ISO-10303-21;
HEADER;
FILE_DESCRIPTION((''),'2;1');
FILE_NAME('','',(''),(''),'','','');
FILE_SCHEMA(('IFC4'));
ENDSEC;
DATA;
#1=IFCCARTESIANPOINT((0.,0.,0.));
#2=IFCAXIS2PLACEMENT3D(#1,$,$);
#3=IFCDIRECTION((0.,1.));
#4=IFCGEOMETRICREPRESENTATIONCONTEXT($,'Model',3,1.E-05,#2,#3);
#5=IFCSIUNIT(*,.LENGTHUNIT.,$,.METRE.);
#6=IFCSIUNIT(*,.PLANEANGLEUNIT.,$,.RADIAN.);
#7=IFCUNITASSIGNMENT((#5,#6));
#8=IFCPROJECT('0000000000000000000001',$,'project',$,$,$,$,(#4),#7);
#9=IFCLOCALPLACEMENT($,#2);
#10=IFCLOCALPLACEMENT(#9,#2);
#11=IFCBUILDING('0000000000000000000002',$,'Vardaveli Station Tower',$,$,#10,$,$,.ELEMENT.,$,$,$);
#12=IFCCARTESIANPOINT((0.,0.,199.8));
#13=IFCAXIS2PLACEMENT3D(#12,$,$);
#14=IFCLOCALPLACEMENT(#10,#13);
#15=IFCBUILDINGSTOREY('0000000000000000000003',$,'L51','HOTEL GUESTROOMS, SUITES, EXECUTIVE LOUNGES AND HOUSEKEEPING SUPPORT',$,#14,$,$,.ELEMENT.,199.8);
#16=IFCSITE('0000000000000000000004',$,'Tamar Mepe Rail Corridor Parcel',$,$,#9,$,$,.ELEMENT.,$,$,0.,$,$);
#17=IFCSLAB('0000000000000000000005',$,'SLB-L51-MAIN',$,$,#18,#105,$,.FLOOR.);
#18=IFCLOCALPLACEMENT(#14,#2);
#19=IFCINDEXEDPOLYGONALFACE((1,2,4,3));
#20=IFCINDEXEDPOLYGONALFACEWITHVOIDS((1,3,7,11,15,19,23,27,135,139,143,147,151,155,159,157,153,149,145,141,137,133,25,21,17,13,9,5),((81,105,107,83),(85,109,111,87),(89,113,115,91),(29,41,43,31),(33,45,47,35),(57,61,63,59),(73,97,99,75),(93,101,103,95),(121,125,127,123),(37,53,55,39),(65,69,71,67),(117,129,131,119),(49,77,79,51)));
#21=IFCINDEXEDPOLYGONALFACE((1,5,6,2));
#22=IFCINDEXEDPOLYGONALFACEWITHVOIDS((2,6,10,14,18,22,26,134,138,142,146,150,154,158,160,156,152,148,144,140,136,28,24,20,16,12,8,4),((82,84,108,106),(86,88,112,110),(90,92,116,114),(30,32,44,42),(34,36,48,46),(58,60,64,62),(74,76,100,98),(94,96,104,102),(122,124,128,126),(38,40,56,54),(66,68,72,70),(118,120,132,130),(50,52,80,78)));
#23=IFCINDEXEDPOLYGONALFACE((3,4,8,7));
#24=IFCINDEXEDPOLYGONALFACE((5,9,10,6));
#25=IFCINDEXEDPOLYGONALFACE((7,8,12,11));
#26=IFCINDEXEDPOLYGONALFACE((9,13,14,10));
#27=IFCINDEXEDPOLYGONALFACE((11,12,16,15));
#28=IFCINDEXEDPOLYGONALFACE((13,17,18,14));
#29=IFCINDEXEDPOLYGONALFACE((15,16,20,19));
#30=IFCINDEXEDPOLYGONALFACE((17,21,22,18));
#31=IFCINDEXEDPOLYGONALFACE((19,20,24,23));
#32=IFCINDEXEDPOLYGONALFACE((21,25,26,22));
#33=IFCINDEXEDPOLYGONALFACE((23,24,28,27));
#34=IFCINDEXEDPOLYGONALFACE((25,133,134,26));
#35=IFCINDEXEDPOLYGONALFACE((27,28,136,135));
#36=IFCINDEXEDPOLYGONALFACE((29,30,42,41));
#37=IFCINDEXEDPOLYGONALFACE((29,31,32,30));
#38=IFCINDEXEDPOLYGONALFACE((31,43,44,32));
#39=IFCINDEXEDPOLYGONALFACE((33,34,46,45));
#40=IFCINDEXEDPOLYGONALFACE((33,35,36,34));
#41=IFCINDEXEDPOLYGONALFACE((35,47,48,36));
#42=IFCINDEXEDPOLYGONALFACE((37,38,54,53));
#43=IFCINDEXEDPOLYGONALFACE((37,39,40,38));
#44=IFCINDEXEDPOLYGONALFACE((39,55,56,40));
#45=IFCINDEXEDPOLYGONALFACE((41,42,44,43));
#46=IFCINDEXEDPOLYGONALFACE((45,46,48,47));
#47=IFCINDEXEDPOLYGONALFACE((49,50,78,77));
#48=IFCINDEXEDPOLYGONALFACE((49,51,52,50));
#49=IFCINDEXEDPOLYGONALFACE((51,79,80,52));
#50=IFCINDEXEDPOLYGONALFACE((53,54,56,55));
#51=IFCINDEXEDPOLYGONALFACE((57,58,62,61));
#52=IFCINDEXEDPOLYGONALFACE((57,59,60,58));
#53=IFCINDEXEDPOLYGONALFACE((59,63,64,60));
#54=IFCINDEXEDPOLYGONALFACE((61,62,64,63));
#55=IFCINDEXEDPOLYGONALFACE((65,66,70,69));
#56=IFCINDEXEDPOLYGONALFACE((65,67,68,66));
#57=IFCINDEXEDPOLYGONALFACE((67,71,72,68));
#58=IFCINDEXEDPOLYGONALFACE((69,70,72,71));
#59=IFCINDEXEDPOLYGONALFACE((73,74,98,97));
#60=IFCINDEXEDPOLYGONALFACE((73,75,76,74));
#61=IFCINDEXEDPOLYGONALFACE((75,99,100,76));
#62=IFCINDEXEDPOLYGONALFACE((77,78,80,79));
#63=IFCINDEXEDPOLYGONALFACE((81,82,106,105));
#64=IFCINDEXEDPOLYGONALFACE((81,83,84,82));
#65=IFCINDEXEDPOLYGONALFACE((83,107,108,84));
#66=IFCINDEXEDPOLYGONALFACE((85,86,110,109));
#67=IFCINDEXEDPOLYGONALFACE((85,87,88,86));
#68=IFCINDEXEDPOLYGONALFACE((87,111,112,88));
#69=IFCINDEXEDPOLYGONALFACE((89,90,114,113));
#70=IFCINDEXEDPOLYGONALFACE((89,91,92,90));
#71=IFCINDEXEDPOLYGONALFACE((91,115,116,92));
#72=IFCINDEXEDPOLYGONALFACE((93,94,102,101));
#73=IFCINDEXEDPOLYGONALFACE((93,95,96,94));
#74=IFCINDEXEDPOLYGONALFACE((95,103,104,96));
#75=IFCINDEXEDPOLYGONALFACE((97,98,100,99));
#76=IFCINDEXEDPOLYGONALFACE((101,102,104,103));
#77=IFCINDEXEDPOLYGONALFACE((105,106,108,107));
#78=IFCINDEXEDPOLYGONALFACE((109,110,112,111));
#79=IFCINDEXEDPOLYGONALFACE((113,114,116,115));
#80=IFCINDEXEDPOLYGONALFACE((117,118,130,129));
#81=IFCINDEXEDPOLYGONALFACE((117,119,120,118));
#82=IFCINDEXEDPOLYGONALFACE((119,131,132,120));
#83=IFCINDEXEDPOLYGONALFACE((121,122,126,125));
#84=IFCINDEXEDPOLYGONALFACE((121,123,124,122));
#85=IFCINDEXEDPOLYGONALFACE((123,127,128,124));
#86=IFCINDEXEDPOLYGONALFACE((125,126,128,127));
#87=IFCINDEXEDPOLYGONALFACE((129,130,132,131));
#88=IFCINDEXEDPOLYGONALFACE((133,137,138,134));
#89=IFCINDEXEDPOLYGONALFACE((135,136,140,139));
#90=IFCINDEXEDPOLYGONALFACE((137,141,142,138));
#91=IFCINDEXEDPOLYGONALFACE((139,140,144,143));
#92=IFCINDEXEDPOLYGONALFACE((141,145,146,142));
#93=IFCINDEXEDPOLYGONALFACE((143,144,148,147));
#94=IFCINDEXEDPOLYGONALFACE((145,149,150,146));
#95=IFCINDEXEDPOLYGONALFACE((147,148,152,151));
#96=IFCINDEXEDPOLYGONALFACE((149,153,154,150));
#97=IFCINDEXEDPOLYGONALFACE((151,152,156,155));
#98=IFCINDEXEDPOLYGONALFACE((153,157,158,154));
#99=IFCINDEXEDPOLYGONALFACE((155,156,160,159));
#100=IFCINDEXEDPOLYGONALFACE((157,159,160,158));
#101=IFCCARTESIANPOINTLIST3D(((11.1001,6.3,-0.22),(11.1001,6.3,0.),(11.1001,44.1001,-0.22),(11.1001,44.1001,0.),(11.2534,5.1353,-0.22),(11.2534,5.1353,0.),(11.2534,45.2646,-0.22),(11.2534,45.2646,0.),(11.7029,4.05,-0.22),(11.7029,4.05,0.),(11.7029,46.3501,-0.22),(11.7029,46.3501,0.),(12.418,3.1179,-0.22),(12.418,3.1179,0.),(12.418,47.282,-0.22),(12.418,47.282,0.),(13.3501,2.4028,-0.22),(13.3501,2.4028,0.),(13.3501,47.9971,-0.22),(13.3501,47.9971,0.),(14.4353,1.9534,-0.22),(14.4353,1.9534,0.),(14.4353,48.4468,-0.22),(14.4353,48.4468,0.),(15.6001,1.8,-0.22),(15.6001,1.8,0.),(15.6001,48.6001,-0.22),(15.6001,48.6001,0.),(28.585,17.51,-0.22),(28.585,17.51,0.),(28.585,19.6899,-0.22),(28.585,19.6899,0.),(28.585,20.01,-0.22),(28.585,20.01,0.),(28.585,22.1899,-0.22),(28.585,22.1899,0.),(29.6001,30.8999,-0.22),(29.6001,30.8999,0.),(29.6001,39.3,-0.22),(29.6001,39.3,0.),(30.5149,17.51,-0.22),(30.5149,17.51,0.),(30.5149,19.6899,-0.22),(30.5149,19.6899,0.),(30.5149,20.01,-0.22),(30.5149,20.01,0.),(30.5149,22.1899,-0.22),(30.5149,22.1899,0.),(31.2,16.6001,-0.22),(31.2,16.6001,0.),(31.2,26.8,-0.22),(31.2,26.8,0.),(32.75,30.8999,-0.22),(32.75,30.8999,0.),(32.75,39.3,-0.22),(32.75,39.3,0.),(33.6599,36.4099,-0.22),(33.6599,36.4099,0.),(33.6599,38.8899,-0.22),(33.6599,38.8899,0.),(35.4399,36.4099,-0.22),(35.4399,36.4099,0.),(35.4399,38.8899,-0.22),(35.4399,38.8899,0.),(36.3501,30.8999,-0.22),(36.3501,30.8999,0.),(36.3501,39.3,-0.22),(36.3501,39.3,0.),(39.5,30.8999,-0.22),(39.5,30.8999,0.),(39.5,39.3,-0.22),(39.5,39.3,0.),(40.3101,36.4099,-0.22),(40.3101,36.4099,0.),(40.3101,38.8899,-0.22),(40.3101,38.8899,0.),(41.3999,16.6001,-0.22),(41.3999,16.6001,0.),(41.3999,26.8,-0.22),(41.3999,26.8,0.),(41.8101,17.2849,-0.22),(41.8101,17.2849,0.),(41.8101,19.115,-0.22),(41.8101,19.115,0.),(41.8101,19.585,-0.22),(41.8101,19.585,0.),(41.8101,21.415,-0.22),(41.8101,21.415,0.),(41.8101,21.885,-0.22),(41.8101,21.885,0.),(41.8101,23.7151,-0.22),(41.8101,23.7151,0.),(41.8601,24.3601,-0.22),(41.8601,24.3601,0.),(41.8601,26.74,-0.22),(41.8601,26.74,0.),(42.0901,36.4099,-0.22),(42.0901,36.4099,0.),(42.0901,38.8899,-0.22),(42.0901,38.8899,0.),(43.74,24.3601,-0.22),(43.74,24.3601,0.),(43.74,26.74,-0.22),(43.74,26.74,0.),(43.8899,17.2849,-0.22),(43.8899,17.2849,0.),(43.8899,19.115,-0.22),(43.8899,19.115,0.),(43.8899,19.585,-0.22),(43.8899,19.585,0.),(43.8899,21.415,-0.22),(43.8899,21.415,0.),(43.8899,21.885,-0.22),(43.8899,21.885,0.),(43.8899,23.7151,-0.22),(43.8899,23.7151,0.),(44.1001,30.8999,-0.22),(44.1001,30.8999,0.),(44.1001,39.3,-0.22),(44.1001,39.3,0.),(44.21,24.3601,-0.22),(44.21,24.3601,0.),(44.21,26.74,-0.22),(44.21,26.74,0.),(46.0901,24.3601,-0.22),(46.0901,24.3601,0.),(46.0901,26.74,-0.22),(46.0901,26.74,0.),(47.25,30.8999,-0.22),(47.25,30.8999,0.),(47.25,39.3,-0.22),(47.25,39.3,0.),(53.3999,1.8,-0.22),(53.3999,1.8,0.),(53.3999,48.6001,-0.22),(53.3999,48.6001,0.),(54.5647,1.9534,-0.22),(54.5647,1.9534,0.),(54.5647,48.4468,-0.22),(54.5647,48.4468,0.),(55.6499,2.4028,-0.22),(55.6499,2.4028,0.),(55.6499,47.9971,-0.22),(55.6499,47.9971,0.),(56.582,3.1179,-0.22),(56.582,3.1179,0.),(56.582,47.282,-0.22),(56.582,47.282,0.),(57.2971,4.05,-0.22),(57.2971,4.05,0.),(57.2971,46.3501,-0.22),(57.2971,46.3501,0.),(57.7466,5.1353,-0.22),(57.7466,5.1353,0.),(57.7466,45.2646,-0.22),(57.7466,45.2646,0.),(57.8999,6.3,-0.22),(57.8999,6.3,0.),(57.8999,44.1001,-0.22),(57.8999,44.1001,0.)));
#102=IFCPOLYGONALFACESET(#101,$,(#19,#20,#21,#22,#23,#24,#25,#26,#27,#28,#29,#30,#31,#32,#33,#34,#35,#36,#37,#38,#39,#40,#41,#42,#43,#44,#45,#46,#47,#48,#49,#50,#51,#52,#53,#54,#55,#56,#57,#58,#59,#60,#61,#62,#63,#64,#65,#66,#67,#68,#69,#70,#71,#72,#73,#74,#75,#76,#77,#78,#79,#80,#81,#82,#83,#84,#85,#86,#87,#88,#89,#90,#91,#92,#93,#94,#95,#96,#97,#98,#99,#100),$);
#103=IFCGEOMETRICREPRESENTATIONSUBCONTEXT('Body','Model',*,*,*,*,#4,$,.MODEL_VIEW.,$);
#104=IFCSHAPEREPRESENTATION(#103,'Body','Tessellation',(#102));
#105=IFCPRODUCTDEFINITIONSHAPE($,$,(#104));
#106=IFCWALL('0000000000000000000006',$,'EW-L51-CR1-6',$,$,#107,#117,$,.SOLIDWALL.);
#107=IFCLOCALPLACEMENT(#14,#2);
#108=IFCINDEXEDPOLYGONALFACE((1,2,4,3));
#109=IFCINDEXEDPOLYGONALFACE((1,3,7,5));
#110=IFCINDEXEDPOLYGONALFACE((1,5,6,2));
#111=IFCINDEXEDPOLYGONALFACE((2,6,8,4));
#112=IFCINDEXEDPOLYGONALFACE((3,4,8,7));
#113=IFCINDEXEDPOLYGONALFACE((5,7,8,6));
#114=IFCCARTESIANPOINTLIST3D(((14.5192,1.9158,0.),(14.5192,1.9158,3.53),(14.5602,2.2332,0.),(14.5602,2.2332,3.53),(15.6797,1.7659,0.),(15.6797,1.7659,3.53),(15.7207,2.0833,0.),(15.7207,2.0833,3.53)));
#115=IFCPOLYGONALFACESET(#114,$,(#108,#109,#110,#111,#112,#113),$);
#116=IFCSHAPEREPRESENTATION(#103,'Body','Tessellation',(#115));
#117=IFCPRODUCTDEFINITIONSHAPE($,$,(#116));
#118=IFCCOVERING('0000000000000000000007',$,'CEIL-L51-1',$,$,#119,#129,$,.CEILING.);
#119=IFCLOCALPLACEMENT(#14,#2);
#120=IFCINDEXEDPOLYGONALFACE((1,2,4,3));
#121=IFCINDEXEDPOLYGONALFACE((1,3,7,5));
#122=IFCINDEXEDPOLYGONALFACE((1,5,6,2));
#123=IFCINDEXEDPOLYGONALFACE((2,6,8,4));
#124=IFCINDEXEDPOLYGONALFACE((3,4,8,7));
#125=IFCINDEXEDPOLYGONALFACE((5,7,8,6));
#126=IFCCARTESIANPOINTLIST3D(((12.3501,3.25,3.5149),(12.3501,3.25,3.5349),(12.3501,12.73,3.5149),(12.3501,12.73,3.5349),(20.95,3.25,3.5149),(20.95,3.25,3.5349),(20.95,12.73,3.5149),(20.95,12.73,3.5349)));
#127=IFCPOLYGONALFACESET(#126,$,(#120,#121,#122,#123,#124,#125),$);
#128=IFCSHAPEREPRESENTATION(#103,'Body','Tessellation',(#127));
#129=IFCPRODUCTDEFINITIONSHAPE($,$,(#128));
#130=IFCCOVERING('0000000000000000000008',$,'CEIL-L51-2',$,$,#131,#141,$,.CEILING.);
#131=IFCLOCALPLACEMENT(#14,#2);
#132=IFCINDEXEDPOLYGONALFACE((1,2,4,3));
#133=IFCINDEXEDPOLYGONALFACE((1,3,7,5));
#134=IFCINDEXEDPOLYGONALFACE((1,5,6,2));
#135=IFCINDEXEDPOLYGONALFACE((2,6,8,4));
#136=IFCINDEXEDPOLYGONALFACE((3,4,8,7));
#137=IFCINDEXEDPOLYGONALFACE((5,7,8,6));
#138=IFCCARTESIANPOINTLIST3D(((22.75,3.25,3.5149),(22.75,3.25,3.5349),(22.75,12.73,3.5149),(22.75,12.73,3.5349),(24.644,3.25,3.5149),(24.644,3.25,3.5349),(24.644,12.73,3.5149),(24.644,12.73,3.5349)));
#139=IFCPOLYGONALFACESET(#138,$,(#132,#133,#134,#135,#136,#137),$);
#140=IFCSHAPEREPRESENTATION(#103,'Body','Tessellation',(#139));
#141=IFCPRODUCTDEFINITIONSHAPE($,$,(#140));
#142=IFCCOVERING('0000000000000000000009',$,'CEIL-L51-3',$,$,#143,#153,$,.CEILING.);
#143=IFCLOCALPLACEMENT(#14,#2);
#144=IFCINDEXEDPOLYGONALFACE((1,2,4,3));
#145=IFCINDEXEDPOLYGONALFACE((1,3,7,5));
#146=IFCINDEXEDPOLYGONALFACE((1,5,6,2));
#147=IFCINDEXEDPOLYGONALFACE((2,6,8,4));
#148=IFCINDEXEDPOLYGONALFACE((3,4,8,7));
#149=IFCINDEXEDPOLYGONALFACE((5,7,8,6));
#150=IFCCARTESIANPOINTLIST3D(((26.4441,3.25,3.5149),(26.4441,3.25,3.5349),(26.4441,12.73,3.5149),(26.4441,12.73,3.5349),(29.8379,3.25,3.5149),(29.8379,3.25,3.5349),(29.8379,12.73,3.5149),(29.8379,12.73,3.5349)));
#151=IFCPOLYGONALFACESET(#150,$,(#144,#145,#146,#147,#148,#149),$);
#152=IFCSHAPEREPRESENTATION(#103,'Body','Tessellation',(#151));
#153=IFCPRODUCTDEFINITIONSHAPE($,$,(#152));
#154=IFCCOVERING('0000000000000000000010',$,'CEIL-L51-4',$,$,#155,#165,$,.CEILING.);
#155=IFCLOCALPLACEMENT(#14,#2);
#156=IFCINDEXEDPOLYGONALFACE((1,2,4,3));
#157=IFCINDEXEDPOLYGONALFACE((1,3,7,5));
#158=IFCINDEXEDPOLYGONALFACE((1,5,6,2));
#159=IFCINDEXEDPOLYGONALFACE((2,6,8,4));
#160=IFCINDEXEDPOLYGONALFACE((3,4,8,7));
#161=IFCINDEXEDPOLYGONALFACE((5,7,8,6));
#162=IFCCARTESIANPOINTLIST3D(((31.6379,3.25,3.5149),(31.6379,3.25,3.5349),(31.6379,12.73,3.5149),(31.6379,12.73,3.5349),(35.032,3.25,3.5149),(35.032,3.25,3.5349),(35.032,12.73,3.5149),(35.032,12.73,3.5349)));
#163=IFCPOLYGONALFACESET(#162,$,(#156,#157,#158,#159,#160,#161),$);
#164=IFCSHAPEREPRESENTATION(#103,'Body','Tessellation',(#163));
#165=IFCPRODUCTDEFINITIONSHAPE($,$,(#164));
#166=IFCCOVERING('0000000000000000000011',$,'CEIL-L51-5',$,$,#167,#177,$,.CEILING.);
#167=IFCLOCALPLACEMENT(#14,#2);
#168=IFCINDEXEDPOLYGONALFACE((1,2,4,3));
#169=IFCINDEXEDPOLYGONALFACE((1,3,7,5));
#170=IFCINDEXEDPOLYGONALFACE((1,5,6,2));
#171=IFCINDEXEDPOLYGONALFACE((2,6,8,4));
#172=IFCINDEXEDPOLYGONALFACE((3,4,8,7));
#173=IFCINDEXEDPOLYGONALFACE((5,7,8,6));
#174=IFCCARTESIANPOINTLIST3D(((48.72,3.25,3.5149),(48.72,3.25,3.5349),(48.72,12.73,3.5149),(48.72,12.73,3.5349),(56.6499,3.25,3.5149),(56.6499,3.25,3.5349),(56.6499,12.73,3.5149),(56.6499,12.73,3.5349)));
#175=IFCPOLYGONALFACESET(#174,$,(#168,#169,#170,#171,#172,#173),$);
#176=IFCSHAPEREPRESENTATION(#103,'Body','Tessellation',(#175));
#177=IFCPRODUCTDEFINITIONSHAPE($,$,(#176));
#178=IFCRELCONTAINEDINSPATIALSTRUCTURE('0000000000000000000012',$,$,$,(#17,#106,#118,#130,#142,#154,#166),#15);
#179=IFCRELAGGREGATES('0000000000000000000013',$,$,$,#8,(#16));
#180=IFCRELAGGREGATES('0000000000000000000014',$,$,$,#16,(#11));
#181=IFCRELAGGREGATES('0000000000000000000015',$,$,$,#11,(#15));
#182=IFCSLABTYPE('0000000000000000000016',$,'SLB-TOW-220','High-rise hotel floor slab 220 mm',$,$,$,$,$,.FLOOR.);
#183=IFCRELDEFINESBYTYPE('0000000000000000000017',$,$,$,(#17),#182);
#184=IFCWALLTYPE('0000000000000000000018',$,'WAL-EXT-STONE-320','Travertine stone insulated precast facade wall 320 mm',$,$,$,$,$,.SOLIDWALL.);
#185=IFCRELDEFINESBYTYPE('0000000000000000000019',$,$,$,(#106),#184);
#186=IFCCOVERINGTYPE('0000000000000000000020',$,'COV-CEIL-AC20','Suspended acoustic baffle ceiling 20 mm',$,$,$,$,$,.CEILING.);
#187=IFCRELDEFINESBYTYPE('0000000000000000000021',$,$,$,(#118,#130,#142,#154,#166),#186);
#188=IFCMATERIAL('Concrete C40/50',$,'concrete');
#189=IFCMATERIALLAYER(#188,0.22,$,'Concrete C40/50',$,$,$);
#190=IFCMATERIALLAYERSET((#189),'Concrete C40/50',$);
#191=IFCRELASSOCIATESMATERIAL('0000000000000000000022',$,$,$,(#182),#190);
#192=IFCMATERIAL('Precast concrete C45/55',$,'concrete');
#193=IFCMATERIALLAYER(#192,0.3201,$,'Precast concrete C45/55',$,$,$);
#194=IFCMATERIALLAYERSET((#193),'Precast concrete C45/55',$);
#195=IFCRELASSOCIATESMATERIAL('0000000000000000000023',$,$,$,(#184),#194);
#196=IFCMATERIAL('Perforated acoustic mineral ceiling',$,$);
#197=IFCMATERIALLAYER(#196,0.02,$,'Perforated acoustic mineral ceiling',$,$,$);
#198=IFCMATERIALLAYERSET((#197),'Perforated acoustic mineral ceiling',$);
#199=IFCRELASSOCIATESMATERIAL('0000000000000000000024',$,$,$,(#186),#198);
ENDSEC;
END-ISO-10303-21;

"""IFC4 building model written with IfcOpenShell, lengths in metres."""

from ifc_helpers import new_model, si_unit, direction, frame, frame_2d, origin, place, context, subcontext, project, spatial, polyline, rectangle, outline, extrude, source, transform, mapped, material, layer, layer_set, type_object, element, save


model = new_model("IFC4")

# Units and contexts
model_context = context("Model", 3, precision=1e-05, world=origin(), true_north=direction((0.0, 1.0)))
body_context = subcontext(model_context, "Body", "Model", "MODEL_VIEW")
ifc_project = project(units=[si_unit("LENGTHUNIT", "METRE"), si_unit("PLANEANGLEUNIT", "RADIAN")], contexts=[model_context])

# Site, building, storey
site_placement = place(None, origin())
site = spatial("IfcSite", under=ifc_project, at=site_placement, Name="Tamar Mepe Rail Corridor Parcel", CompositionType="ELEMENT", RefElevation=0.0)
building_placement = place(site_placement, origin())
building = spatial("IfcBuilding", under=site, at=building_placement, Name="Vardaveli Station Tower", CompositionType="ELEMENT")
storey_placement = place(building_placement, frame((0.0, 0.0, 199.8)))
storey = spatial("IfcBuildingStorey", under=building, at=storey_placement, Name="L51", Description="HOTEL GUESTROOMS, SUITES, EXECUTIVE LOUNGES AND HOUSEKEEPING SUPPORT", CompositionType="ELEMENT", Elevation=199.8)

# Shared definitions
ifc_material_1 = material(Name="Concrete C40/50", Category="concrete")

# Slab
ifc_material_2 = material(Name="Precast concrete C45/55", Category="concrete")
ifc_layer_1 = layer(ifc_material_1, 0.22, Name="Concrete C40/50")
ifc_layer_set_1 = layer_set([ifc_layer_1], Name="Concrete C40/50")
slab_type_1 = type_object("IfcSlabType", Name="SLB-TOW-220", Description="High-rise hotel floor slab 220 mm", PredefinedType="FLOOR", material=ifc_layer_set_1)
slab_1_placement = place(storey_placement, frame((0.0, 0.0, -0.22)))
element("IfcSlab", 1, at=slab_1_placement, inside=storey, type_object=slab_type_1, Name="SLB-L51-MAIN", PredefinedType="FLOOR", context=body_context, shape_type="SweptSolid", body=[
    extrude(outline(polyline([(11.1001, 6.3), (11.2534, 5.1353), (11.7029, 4.05), (12.418, 3.1179), (13.3501, 2.4028), (14.4353, 1.9534), (15.6001, 1.8), (53.3999, 1.8), (54.5647, 1.9534), (55.6499, 2.4028), (56.582, 3.1179), (57.2971, 4.05), (57.7466, 5.1353), (57.8999, 6.3), (57.8999, 44.1001), (57.7466, 45.2646), (57.2971, 46.3501), (56.582, 47.282), (55.6499, 47.9971), (54.5647, 48.4468), (53.3999, 48.6001), (15.6001, 48.6001), (14.4353, 48.4468), (13.3501, 47.9971), (12.418, 47.282), (11.7029, 46.3501), (11.2534, 45.2646), (11.1001, 44.1001), (11.1001, 6.3)]), holes=[polyline([(31.2, 16.6001), (41.3999, 16.6001), (41.3999, 26.8), (31.2, 26.8), (31.2, 16.6001)]), polyline([(32.75, 30.8999), (32.75, 39.3), (29.6001, 39.3), (29.6001, 30.8999), (32.75, 30.8999)]), polyline([(39.5, 30.8999), (39.5, 39.3), (36.3501, 39.3), (36.3501, 30.8999), (39.5, 30.8999)]), polyline([(47.25, 30.8999), (47.25, 39.3), (44.1001, 39.3), (44.1001, 30.8999), (47.25, 30.8999)]), polyline([(33.6599, 36.4099), (35.4399, 36.4099), (35.4399, 38.8899), (33.6599, 38.8899), (33.6599, 36.4099)]), polyline([(40.3101, 36.4099), (42.0901, 36.4099), (42.0901, 38.8899), (40.3101, 38.8899), (40.3101, 36.4099)]), polyline([(41.8101, 21.885), (43.8899, 21.885), (43.8899, 23.7151), (41.8101, 23.7151), (41.8101, 21.885)]), polyline([(41.8101, 19.585), (43.8899, 19.585), (43.8899, 21.415), (41.8101, 21.415), (41.8101, 19.585)]), polyline([(41.8101, 17.2849), (43.8899, 17.2849), (43.8899, 19.115), (41.8101, 19.115), (41.8101, 17.2849)]), polyline([(28.585, 17.51), (30.5149, 17.51), (30.5149, 19.6899), (28.585, 19.6899), (28.585, 17.51)]), polyline([(28.585, 20.01), (30.5149, 20.01), (30.5149, 22.1899), (28.585, 22.1899), (28.585, 20.01)]), polyline([(41.8601, 24.3601), (43.74, 24.3601), (43.74, 26.74), (41.8601, 26.74), (41.8601, 24.3601)]), polyline([(44.21, 24.3601), (46.0901, 24.3601), (46.0901, 26.74), (44.21, 26.74), (44.21, 24.3601)])]), origin(), (0.0, 0.0, 1.0), 0.22),
])

# Wall
ifc_layer_2 = layer(ifc_material_2, 0.3201, Name="Precast concrete C45/55")
ifc_layer_set_2 = layer_set([ifc_layer_2], Name="Precast concrete C45/55")
wall_type = type_object("IfcWallType", Name="WAL-EXT-STONE-320", Description="Travertine stone insulated precast facade wall 320 mm", PredefinedType="SOLIDWALL", material=ifc_layer_set_2)
shared_shape = source(origin(), body_context, "Body", "SweptSolid", [
    extrude(rectangle(XDim=1.1702, YDim=0.3201, at=frame_2d((0.585, 0.0))), origin(), (0.0, 0.0, 1.0), 3.53),
])
wall_placement = place(storey_placement, frame((14.5398, 2.0745, 0.0), z_axis=(0.0, 0.0, 1.0), x_axis=(0.991762, -0.12809, 0.0)))
element("IfcWall", 2, at=wall_placement, inside=storey, type_object=wall_type, Name="EW-L51-CR1-6", PredefinedType="SOLIDWALL", context=body_context, shape_type="MappedRepresentation", body=[
    mapped(shared_shape, transform((0.0, 0.0, 0.0), scale=1.0)),
])

# Coverings
ifc_material_3 = material(Name="Perforated acoustic mineral ceiling")
ifc_layer_3 = layer(ifc_material_3, 0.02, Name="Perforated acoustic mineral ceiling")
ifc_layer_set_3 = layer_set([ifc_layer_3], Name="Perforated acoustic mineral ceiling")
covering_type_1 = type_object("IfcCoveringType", Name="COV-CEIL-AC20", Description="Suspended acoustic baffle ceiling 20 mm", PredefinedType="CEILING", material=ifc_layer_set_3)
covering_1_placement = place(storey_placement, frame((0.0, 0.0, 3.5149)))
element("IfcCovering", 3, at=covering_1_placement, inside=storey, type_object=covering_type_1, Name="CEIL-L51-1", PredefinedType="CEILING", context=body_context, shape_type="SweptSolid", body=[
    extrude(outline(polyline([(12.3501, 3.25), (20.95, 3.25), (20.95, 12.73), (12.3501, 12.73), (12.3501, 3.25)])), origin(), (0.0, 0.0, 1.0), 0.02),
])
covering_2_placement = place(storey_placement, frame((0.0, 0.0, 3.5149)))
element("IfcCovering", 4, at=covering_2_placement, inside=storey, type_object=covering_type_1, Name="CEIL-L51-2", PredefinedType="CEILING", context=body_context, shape_type="SweptSolid", body=[
    extrude(outline(polyline([(22.75, 3.25), (24.644, 3.25), (24.644, 12.73), (22.75, 12.73), (22.75, 3.25)])), origin(), (0.0, 0.0, 1.0), 0.02),
])
covering_3_placement = place(storey_placement, frame((0.0, 0.0, 3.5149)))
element("IfcCovering", 5, at=covering_3_placement, inside=storey, type_object=covering_type_1, Name="CEIL-L51-3", PredefinedType="CEILING", context=body_context, shape_type="SweptSolid", body=[
    extrude(outline(polyline([(26.4441, 3.25), (29.8379, 3.25), (29.8379, 12.73), (26.4441, 12.73), (26.4441, 3.25)])), origin(), (0.0, 0.0, 1.0), 0.02),
])
covering_4_placement = place(storey_placement, frame((0.0, 0.0, 3.5149)))
element("IfcCovering", 6, at=covering_4_placement, inside=storey, type_object=covering_type_1, Name="CEIL-L51-4", PredefinedType="CEILING", context=body_context, shape_type="SweptSolid", body=[
    extrude(outline(polyline([(31.6379, 3.25), (35.032, 3.25), (35.032, 12.73), (31.6379, 12.73), (31.6379, 3.25)])), origin(), (0.0, 0.0, 1.0), 0.02),
])
covering_5_placement = place(storey_placement, frame((0.0, 0.0, 3.5149)))
element("IfcCovering", 7, at=covering_5_placement, inside=storey, type_object=covering_type_1, Name="CEIL-L51-5", PredefinedType="CEILING", context=body_context, shape_type="SweptSolid", body=[
    extrude(outline(polyline([(48.72, 3.25), (56.6499, 3.25), (56.6499, 12.73), (48.72, 12.73), (48.72, 3.25)])), origin(), (0.0, 0.0, 1.0), 0.02),
])

save(model, "model.ifc")
